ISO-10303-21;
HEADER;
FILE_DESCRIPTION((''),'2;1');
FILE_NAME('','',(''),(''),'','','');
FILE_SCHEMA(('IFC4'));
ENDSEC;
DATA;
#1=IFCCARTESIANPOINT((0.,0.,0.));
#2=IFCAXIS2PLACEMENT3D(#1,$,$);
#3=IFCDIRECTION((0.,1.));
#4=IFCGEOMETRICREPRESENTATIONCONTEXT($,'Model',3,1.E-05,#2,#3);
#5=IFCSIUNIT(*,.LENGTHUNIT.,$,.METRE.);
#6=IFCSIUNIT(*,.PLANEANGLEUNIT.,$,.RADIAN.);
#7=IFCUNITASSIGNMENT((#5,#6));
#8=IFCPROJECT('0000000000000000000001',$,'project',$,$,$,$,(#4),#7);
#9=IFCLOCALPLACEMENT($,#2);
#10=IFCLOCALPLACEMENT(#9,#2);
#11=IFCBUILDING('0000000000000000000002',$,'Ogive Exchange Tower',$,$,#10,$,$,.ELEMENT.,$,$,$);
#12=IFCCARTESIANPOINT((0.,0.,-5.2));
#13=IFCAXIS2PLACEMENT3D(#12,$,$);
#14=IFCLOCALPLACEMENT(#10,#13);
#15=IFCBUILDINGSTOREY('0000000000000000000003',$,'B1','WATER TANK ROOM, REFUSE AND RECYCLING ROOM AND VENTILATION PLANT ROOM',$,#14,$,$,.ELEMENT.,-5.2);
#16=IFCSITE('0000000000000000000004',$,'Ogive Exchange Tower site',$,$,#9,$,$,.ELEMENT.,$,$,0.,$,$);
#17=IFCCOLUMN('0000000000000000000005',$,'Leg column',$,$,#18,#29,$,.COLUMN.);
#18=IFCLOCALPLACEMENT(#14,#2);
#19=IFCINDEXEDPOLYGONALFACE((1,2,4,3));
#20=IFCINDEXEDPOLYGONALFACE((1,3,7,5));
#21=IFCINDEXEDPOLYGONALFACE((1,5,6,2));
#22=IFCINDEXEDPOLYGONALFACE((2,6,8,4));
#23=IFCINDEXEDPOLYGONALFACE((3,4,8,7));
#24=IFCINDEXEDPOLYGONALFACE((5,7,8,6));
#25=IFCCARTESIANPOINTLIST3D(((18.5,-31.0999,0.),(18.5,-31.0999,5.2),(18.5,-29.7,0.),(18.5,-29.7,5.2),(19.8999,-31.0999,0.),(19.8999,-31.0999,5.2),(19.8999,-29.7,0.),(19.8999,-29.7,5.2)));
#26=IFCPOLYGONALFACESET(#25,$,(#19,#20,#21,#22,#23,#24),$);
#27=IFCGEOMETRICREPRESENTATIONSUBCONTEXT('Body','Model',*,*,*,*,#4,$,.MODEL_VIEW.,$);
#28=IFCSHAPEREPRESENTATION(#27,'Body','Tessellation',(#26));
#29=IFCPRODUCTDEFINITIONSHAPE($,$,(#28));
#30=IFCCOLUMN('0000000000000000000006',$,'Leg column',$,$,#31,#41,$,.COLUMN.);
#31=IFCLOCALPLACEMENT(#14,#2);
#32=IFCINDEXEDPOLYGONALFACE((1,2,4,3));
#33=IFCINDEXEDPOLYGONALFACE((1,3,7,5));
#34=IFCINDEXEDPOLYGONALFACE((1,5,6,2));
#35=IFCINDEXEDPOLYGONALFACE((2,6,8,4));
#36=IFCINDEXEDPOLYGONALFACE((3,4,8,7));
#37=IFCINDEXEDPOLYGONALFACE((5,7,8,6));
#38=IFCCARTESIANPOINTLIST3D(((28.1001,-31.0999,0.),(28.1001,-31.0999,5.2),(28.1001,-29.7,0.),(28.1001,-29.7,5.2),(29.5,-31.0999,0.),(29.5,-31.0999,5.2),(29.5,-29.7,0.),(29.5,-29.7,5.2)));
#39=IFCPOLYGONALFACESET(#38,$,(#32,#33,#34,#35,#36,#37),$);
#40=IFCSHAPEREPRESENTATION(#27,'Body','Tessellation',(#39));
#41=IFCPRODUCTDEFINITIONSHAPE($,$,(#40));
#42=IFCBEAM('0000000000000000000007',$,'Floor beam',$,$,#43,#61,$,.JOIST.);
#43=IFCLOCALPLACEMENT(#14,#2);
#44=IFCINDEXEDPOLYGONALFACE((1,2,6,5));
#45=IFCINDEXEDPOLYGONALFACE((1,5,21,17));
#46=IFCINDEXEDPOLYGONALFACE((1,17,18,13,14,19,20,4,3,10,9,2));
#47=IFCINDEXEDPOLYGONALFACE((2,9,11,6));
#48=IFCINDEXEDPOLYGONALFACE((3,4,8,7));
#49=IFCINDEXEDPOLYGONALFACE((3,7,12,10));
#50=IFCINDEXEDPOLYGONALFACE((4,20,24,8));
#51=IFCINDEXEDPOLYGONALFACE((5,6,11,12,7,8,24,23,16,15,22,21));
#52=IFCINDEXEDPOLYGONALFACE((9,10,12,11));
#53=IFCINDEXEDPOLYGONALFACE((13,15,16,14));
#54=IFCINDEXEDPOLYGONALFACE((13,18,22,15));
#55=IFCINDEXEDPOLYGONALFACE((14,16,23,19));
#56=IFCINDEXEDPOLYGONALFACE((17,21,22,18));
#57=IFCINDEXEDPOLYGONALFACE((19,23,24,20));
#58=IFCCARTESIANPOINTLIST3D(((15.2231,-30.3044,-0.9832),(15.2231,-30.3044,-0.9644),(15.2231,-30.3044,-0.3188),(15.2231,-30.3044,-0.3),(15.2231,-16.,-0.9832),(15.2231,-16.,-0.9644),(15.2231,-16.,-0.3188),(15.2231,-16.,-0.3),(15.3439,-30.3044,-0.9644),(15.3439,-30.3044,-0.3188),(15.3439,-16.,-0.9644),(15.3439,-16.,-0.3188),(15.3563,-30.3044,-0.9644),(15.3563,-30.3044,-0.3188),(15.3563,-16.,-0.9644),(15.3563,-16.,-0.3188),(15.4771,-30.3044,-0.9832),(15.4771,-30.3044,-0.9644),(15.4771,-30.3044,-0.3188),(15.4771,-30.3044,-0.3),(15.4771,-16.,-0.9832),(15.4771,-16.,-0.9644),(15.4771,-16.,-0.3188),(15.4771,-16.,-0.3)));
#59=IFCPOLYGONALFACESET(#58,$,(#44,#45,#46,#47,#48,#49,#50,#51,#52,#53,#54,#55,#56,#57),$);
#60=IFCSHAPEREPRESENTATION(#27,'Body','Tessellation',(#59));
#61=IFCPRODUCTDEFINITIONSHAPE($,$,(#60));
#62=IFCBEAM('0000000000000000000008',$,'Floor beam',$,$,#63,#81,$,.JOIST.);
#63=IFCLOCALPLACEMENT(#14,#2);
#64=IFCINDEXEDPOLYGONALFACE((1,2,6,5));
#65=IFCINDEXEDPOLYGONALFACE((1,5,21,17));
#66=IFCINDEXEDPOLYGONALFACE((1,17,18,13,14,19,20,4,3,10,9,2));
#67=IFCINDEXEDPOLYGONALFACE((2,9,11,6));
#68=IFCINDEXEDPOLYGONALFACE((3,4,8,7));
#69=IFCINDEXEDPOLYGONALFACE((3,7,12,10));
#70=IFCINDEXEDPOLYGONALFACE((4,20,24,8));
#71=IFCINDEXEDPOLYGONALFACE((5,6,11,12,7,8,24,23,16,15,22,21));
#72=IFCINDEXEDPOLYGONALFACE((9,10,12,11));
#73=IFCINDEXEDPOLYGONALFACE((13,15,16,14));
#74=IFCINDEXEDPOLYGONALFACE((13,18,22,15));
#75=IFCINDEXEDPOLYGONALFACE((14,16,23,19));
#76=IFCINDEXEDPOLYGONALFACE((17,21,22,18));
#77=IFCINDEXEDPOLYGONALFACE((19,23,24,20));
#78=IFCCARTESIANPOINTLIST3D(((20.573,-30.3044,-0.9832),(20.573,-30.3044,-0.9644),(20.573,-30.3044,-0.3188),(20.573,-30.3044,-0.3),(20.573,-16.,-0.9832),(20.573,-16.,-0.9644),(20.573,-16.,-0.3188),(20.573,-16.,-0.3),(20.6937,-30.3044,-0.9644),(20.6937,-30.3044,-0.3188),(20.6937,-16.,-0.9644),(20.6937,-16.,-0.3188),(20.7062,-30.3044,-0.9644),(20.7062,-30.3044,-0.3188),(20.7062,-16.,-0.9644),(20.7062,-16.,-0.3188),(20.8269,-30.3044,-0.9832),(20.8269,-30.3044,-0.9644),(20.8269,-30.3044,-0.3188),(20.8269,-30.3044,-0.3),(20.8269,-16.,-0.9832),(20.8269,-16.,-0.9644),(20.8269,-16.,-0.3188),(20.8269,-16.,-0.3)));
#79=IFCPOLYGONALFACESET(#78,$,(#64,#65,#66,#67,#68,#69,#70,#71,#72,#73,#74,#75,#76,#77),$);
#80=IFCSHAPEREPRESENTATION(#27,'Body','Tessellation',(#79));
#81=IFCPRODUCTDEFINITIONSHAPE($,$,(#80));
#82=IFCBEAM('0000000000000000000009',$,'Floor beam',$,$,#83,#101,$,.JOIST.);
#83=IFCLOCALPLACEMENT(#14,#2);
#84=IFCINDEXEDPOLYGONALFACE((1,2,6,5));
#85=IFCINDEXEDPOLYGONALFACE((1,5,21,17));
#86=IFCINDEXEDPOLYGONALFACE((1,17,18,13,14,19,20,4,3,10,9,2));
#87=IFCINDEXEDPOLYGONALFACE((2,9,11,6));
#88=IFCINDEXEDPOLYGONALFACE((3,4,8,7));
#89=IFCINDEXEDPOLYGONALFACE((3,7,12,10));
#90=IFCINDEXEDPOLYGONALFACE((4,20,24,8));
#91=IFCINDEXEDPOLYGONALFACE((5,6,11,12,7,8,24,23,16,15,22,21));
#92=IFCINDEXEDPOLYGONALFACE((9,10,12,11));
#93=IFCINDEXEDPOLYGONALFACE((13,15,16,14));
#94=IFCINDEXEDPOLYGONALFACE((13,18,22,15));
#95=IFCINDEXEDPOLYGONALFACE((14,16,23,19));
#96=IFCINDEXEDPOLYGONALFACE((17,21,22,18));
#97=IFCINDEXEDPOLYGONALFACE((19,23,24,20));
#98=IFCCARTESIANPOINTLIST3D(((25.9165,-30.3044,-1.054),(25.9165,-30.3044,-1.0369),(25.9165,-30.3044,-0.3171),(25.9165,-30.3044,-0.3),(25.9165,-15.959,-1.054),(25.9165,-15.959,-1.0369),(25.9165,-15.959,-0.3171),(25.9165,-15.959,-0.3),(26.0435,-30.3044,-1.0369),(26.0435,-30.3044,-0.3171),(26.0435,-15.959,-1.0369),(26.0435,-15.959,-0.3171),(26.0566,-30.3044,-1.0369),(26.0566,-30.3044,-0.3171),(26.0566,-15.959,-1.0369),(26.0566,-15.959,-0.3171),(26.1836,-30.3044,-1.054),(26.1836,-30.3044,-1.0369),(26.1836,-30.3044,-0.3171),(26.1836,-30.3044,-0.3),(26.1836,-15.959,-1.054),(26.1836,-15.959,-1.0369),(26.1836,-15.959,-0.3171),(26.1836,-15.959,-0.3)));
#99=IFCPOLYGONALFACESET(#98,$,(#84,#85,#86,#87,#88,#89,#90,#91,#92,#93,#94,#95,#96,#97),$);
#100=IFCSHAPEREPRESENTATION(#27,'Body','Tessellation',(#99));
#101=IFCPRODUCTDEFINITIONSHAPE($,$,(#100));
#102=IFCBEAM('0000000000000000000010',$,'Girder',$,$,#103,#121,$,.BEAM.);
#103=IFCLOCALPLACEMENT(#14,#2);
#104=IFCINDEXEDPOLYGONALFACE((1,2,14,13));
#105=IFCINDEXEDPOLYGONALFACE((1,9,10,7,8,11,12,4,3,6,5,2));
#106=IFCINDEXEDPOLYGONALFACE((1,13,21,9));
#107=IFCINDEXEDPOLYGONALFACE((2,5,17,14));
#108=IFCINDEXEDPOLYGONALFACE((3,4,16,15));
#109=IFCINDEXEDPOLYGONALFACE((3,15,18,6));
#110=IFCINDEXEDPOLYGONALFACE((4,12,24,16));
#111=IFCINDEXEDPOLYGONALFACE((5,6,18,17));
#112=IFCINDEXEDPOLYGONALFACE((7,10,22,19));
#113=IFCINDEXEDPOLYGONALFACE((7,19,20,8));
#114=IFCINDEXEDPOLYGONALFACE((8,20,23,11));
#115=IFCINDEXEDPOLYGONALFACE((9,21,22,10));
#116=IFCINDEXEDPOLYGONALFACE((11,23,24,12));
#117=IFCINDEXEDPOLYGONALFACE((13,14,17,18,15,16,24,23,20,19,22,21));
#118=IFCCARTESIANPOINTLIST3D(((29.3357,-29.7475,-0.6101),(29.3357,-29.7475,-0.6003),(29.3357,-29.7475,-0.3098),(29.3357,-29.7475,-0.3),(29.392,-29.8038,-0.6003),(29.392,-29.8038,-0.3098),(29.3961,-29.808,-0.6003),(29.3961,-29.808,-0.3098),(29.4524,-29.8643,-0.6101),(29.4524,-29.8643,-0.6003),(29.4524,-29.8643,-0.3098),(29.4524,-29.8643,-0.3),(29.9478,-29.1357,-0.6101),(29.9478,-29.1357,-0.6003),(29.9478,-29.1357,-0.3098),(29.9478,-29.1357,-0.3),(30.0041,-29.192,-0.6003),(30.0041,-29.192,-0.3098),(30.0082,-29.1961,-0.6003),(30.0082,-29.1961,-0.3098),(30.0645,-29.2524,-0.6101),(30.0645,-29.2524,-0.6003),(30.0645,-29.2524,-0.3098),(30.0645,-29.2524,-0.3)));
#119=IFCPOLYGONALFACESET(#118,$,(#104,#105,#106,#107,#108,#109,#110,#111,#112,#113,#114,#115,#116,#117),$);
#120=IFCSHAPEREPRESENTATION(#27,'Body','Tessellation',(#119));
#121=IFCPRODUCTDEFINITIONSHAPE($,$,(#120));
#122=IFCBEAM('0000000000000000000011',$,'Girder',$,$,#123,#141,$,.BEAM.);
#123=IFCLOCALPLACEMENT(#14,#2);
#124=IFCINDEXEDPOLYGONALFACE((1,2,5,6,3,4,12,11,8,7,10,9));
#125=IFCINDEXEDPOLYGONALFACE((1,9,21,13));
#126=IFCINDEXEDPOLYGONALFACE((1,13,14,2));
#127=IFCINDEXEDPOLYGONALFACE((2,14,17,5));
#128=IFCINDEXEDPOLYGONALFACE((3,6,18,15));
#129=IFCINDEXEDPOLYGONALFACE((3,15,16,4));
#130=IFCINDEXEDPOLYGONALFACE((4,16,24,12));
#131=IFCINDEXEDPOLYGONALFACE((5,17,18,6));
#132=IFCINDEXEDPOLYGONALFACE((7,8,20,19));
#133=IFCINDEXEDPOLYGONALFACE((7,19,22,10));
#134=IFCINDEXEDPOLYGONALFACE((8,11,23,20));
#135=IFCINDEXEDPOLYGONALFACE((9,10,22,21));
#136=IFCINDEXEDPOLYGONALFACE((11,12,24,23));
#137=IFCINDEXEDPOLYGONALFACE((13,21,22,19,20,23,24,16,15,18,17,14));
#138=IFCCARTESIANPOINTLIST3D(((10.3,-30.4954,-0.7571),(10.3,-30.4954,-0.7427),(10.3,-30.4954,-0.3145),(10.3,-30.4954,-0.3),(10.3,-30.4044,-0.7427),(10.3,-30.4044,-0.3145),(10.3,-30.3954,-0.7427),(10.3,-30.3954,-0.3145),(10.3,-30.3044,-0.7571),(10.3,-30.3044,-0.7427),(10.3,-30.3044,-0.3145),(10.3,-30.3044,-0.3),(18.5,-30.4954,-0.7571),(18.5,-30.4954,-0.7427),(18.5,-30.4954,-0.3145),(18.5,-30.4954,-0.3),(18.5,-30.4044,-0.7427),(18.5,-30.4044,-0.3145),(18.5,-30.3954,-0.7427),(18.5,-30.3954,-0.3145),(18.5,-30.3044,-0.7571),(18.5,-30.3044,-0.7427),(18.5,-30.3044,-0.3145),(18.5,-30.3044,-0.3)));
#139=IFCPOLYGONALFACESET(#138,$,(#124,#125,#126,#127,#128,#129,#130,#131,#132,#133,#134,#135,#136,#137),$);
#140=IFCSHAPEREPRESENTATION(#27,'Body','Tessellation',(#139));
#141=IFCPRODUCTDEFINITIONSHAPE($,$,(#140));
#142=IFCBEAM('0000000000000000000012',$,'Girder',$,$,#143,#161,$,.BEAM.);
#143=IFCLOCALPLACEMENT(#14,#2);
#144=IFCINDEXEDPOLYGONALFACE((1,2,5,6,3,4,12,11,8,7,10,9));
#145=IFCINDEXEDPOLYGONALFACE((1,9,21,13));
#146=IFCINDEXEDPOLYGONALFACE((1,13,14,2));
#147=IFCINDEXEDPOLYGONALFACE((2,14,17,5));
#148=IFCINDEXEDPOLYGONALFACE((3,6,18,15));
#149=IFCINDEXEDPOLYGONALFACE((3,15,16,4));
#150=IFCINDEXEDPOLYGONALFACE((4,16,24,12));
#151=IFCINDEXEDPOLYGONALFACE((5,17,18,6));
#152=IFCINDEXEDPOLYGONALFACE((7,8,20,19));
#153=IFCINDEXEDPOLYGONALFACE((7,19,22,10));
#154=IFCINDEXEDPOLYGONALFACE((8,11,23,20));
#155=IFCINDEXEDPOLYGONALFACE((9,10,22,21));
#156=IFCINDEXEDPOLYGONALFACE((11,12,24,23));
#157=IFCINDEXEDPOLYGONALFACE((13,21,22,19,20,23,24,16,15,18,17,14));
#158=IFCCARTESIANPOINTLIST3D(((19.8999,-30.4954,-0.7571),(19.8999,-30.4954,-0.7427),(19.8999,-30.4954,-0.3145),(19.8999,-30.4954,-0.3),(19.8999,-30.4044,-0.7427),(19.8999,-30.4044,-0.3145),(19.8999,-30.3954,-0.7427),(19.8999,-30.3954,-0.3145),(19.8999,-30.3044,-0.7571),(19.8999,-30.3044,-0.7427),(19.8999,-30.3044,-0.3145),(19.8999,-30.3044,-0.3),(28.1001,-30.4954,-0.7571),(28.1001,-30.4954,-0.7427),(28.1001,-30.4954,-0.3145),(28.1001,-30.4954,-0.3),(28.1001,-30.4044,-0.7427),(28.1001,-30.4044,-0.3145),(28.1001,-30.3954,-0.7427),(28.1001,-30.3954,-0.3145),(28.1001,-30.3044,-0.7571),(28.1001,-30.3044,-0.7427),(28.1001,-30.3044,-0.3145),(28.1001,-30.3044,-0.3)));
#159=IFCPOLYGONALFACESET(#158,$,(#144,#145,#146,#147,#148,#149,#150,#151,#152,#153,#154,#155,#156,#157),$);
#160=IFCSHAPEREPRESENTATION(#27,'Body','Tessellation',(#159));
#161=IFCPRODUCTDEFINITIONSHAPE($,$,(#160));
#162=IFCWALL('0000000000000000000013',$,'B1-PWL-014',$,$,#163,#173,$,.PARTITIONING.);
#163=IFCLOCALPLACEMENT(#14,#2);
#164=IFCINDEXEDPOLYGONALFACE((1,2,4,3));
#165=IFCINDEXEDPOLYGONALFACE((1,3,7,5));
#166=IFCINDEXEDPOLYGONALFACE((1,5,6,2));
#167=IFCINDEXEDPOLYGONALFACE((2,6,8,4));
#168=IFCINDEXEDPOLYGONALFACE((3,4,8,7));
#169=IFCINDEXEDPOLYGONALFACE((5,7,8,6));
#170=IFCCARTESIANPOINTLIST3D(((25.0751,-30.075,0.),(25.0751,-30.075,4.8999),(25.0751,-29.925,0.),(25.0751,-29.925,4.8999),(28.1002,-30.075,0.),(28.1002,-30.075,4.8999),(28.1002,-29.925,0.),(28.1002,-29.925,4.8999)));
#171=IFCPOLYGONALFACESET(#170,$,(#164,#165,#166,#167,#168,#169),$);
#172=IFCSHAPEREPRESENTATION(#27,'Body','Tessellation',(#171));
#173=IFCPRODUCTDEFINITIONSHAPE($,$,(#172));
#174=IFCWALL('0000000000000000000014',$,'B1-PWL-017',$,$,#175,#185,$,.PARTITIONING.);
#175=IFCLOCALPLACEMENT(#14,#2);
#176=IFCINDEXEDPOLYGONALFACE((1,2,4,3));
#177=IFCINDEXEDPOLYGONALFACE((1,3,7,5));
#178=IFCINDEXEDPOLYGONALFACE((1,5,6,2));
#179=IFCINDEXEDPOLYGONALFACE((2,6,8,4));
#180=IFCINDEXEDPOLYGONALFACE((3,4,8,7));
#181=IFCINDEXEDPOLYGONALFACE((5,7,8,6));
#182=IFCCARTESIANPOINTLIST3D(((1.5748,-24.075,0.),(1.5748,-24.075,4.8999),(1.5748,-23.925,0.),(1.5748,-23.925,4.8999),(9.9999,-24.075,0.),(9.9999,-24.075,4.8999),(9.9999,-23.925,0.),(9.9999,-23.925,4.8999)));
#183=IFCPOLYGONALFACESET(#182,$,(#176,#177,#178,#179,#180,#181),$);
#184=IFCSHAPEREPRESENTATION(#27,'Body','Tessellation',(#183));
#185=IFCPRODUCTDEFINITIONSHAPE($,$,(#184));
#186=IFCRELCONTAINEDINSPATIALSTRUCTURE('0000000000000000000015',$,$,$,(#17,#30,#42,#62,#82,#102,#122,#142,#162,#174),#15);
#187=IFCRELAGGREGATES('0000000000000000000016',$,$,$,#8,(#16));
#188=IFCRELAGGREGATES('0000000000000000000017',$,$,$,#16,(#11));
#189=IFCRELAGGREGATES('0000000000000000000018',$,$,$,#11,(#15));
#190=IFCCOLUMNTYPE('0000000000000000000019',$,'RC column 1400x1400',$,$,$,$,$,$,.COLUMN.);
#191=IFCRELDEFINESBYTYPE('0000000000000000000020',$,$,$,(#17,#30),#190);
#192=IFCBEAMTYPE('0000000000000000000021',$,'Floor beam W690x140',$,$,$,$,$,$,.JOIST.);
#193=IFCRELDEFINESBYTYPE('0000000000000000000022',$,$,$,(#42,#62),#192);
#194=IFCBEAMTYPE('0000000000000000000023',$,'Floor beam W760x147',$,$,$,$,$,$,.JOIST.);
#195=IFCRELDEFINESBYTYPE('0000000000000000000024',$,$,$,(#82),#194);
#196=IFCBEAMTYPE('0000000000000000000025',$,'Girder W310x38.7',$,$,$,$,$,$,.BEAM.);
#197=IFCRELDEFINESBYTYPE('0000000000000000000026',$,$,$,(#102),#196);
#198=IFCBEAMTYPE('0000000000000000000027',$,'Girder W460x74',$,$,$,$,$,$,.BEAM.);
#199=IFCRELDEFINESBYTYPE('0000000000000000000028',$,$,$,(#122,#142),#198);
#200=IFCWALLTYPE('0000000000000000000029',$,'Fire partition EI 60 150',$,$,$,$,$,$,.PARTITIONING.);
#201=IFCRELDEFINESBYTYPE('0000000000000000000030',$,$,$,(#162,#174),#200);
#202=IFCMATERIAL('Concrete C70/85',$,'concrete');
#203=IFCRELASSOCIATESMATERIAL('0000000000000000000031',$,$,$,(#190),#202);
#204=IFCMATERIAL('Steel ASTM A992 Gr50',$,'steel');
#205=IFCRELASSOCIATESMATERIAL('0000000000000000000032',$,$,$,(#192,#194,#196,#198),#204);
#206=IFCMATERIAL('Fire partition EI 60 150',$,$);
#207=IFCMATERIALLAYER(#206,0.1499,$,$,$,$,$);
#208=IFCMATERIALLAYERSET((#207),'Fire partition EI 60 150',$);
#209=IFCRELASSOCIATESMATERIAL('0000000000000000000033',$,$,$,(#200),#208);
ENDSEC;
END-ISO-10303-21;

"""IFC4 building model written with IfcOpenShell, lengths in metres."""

from ifc_helpers import new_model, si_unit, direction, frame, frame_2d, origin, origin_2d, place, context, subcontext, project, spatial, rectangle, i_section, extrude, material, layer, layer_set, material_profile, profile_set, type_object, element, save


model = new_model("IFC4")

# Units and contexts
model_context = context("Model", 3, precision=1e-05, world=origin(), true_north=direction((0.0, 1.0)))
body_context = subcontext(model_context, "Body", "Model", "MODEL_VIEW")
ifc_project = project(units=[si_unit("LENGTHUNIT", "METRE"), si_unit("PLANEANGLEUNIT", "RADIAN")], contexts=[model_context])

# Site, building, storey
site_placement = place(None, origin())
site = spatial("IfcSite", under=ifc_project, at=site_placement, Name="Ogive Exchange Tower site", CompositionType="ELEMENT", RefElevation=0.0)
building_placement = place(site_placement, origin())
building = spatial("IfcBuilding", under=site, at=building_placement, Name="Ogive Exchange Tower", CompositionType="ELEMENT")
storey_placement = place(building_placement, frame((0.0, 0.0, -5.2)))
storey = spatial("IfcBuildingStorey", under=building, at=storey_placement, Name="B1", Description="WATER TANK ROOM, REFUSE AND RECYCLING ROOM AND VENTILATION PLANT ROOM", CompositionType="ELEMENT", Elevation=-5.2)

# Columns
ifc_material_1 = material(Name="Concrete C70/85", Category="concrete")
ifc_material_profile_1 = material_profile(ifc_material_1, rectangle(XDim=1.3999, YDim=1.3999, at=origin_2d()), Name="RC 1400x1400")
ifc_profile_set_1 = profile_set([ifc_material_profile_1], Name="Concrete C70/85")
column_type = type_object("IfcColumnType", Name="RC column 1400x1400", PredefinedType="COLUMN", material=ifc_profile_set_1)
for number, where, z_axis, x_axis, name in (
    (1, (19.2, -30.3999, 0.0), (0.0, 0.0, 1.0), (1.0, 0.0, 0.0), "Leg column"),
    (2, (28.8, -30.3999, 0.0), (0.0, 0.0, 1.0), (1.0, 0.0, 0.0), "Leg column"),
):
    element("IfcColumn", number, at=place(storey_placement, frame(where, z_axis=z_axis, x_axis=x_axis)), inside=storey, type_object=column_type, Name=name, PredefinedType="COLUMN", context=body_context, shape_type="SweptSolid", body=[
        extrude(rectangle(XDim=1.3999, YDim=1.3999, at=origin_2d()), origin(), (0.0, 0.0, 1.0), 5.2),
    ])

# Beams
ifc_material_2 = material(Name="Steel ASTM A992 Gr50", Category="steel")
ifc_material_profile_2 = material_profile(ifc_material_2, i_section(OverallWidth=0.2539, OverallDepth=0.6831, WebThickness=0.0125, FlangeThickness=0.0188, at=origin_2d()), Name="W690x140")
ifc_profile_set_2 = profile_set([ifc_material_profile_2], Name="Steel ASTM A992 Gr50")
beam_type_1 = type_object("IfcBeamType", Name="Floor beam W690x140", PredefinedType="JOIST", material=ifc_profile_set_2)
for number, where, z_axis, x_axis, name in (
    (3, (15.3501, -30.3044, -0.6416), (0.0, 1.0, 0.0), (-1.0, 0.0, 0.0), "Floor beam"),
    (4, (20.7, -30.3044, -0.6416), (0.0, 1.0, 0.0), (-1.0, 0.0, 0.0), "Floor beam"),
):
    element("IfcBeam", number, at=place(storey_placement, frame(where, z_axis=z_axis, x_axis=x_axis)), inside=storey, type_object=beam_type_1, Name=name, PredefinedType="JOIST", context=body_context, shape_type="SweptSolid", body=[
        extrude(i_section(OverallWidth=0.2539, OverallDepth=0.6831, WebThickness=0.0125, FlangeThickness=0.0188, at=origin_2d()), origin(), (0.0, 0.0, 1.0), 14.3044),
    ])
ifc_material_profile_3 = material_profile(ifc_material_2, i_section(OverallWidth=0.2671, OverallDepth=0.7539, WebThickness=0.0132, FlangeThickness=0.0171, at=origin_2d()), Name="W760x147")
ifc_profile_set_3 = profile_set([ifc_material_profile_3], Name="Steel ASTM A992 Gr50")
beam_type_2 = type_object("IfcBeamType", Name="Floor beam W760x147", PredefinedType="JOIST", material=ifc_profile_set_3)
beam_1_placement = place(storey_placement, frame((26.05, -30.3044, -0.677), z_axis=(0.0, 1.0, 0.0), x_axis=(-1.0, 0.0, 0.0)))
element("IfcBeam", 5, at=beam_1_placement, inside=storey, type_object=beam_type_2, Name="Floor beam", PredefinedType="JOIST", context=body_context, shape_type="SweptSolid", body=[
    extrude(i_section(OverallWidth=0.2671, OverallDepth=0.7539, WebThickness=0.0132, FlangeThickness=0.0171, at=origin_2d()), origin(), (0.0, 0.0, 1.0), 14.3455),
])
ifc_material_profile_4 = material_profile(ifc_material_2, i_section(OverallWidth=0.165, OverallDepth=0.3101, WebThickness=0.0059, FlangeThickness=0.0098, at=origin_2d()), Name="W310x38.7")
ifc_profile_set_4 = profile_set([ifc_material_profile_4], Name="Steel ASTM A992 Gr50")
beam_type_3 = type_object("IfcBeamType", Name="Girder W310x38.7", PredefinedType="BEAM", material=ifc_profile_set_4)
beam_2_placement = place(storey_placement, frame((29.394, -29.8059, -0.4551), z_axis=(0.707248, 0.706966, 0.0), x_axis=(-0.706966, 0.707248, 0.0)))
element("IfcBeam", 6, at=beam_2_placement, inside=storey, type_object=beam_type_3, Name="Girder", PredefinedType="BEAM", context=body_context, shape_type="SweptSolid", body=[
    extrude(i_section(OverallWidth=0.165, OverallDepth=0.3101, WebThickness=0.0059, FlangeThickness=0.0098, at=origin_2d()), origin(), (0.0, 0.0, 1.0), 0.8655),
])
ifc_material_profile_5 = material_profile(ifc_material_2, i_section(OverallWidth=0.1909, OverallDepth=0.457, WebThickness=0.009, FlangeThickness=0.0144, at=origin_2d()), Name="W460x74")
ifc_profile_set_5 = profile_set([ifc_material_profile_5], Name="Steel ASTM A992 Gr50")
beam_type_4 = type_object("IfcBeamType", Name="Girder W460x74", PredefinedType="BEAM", material=ifc_profile_set_5)
beam_3_placement = place(storey_placement, frame((10.3, -30.3999, -0.5286), z_axis=(1.0, 0.0, 0.0), x_axis=(0.0, 1.0, 0.0)))
element("IfcBeam", 7, at=beam_3_placement, inside=storey, type_object=beam_type_4, Name="Girder", PredefinedType="BEAM", context=body_context, shape_type="SweptSolid", body=[
    extrude(i_section(OverallWidth=0.1909, OverallDepth=0.457, WebThickness=0.009, FlangeThickness=0.0144, at=origin_2d()), origin(), (0.0, 0.0, 1.0), 8.2),
])
beam_4_placement = place(storey_placement, frame((19.8999, -30.3999, -0.5286), z_axis=(1.0, 0.0, 0.0), x_axis=(0.0, 1.0, 0.0)))
element("IfcBeam", 8, at=beam_4_placement, inside=storey, type_object=beam_type_4, Name="Girder", PredefinedType="BEAM", context=body_context, shape_type="SweptSolid", body=[
    extrude(i_section(OverallWidth=0.1909, OverallDepth=0.457, WebThickness=0.009, FlangeThickness=0.0144, at=origin_2d()), origin(), (0.0, 0.0, 1.0), 8.2002),
])

# Walls
ifc_material_3 = material(Name="Fire partition EI 60 150")
ifc_layer = layer(ifc_material_3, 0.1499)
ifc_layer_set = layer_set([ifc_layer], Name="Fire partition EI 60 150")
wall_type = type_object("IfcWallType", Name="Fire partition EI 60 150", PredefinedType="PARTITIONING", material=ifc_layer_set)
wall_1_placement = place(storey_placement, frame((25.075, -30.0, 0.0), z_axis=(0.0, 0.0, 1.0), x_axis=(1.0, 0.0, 0.0)))
element("IfcWall", 9, at=wall_1_placement, inside=storey, type_object=wall_type, Name="B1-PWL-014", PredefinedType="PARTITIONING", context=body_context, shape_type="SweptSolid", body=[
    extrude(rectangle(XDim=3.0251, YDim=0.1499, at=frame_2d((1.5127, 0.0))), origin(), (0.0, 0.0, 1.0), 4.8999),
])
wall_2_placement = place(storey_placement, frame((1.575, -24.0, 0.0), z_axis=(0.0, 0.0, 1.0), x_axis=(1.0, 0.0, 0.0)))
element("IfcWall", 10, at=wall_2_placement, inside=storey, type_object=wall_type, Name="B1-PWL-017", PredefinedType="PARTITIONING", context=body_context, shape_type="SweptSolid", body=[
    extrude(rectangle(XDim=8.425, YDim=0.1499, at=frame_2d((4.2124, 0.0))), origin(), (0.0, 0.0, 1.0), 4.8999),
])

save(model, "model.ifc")
